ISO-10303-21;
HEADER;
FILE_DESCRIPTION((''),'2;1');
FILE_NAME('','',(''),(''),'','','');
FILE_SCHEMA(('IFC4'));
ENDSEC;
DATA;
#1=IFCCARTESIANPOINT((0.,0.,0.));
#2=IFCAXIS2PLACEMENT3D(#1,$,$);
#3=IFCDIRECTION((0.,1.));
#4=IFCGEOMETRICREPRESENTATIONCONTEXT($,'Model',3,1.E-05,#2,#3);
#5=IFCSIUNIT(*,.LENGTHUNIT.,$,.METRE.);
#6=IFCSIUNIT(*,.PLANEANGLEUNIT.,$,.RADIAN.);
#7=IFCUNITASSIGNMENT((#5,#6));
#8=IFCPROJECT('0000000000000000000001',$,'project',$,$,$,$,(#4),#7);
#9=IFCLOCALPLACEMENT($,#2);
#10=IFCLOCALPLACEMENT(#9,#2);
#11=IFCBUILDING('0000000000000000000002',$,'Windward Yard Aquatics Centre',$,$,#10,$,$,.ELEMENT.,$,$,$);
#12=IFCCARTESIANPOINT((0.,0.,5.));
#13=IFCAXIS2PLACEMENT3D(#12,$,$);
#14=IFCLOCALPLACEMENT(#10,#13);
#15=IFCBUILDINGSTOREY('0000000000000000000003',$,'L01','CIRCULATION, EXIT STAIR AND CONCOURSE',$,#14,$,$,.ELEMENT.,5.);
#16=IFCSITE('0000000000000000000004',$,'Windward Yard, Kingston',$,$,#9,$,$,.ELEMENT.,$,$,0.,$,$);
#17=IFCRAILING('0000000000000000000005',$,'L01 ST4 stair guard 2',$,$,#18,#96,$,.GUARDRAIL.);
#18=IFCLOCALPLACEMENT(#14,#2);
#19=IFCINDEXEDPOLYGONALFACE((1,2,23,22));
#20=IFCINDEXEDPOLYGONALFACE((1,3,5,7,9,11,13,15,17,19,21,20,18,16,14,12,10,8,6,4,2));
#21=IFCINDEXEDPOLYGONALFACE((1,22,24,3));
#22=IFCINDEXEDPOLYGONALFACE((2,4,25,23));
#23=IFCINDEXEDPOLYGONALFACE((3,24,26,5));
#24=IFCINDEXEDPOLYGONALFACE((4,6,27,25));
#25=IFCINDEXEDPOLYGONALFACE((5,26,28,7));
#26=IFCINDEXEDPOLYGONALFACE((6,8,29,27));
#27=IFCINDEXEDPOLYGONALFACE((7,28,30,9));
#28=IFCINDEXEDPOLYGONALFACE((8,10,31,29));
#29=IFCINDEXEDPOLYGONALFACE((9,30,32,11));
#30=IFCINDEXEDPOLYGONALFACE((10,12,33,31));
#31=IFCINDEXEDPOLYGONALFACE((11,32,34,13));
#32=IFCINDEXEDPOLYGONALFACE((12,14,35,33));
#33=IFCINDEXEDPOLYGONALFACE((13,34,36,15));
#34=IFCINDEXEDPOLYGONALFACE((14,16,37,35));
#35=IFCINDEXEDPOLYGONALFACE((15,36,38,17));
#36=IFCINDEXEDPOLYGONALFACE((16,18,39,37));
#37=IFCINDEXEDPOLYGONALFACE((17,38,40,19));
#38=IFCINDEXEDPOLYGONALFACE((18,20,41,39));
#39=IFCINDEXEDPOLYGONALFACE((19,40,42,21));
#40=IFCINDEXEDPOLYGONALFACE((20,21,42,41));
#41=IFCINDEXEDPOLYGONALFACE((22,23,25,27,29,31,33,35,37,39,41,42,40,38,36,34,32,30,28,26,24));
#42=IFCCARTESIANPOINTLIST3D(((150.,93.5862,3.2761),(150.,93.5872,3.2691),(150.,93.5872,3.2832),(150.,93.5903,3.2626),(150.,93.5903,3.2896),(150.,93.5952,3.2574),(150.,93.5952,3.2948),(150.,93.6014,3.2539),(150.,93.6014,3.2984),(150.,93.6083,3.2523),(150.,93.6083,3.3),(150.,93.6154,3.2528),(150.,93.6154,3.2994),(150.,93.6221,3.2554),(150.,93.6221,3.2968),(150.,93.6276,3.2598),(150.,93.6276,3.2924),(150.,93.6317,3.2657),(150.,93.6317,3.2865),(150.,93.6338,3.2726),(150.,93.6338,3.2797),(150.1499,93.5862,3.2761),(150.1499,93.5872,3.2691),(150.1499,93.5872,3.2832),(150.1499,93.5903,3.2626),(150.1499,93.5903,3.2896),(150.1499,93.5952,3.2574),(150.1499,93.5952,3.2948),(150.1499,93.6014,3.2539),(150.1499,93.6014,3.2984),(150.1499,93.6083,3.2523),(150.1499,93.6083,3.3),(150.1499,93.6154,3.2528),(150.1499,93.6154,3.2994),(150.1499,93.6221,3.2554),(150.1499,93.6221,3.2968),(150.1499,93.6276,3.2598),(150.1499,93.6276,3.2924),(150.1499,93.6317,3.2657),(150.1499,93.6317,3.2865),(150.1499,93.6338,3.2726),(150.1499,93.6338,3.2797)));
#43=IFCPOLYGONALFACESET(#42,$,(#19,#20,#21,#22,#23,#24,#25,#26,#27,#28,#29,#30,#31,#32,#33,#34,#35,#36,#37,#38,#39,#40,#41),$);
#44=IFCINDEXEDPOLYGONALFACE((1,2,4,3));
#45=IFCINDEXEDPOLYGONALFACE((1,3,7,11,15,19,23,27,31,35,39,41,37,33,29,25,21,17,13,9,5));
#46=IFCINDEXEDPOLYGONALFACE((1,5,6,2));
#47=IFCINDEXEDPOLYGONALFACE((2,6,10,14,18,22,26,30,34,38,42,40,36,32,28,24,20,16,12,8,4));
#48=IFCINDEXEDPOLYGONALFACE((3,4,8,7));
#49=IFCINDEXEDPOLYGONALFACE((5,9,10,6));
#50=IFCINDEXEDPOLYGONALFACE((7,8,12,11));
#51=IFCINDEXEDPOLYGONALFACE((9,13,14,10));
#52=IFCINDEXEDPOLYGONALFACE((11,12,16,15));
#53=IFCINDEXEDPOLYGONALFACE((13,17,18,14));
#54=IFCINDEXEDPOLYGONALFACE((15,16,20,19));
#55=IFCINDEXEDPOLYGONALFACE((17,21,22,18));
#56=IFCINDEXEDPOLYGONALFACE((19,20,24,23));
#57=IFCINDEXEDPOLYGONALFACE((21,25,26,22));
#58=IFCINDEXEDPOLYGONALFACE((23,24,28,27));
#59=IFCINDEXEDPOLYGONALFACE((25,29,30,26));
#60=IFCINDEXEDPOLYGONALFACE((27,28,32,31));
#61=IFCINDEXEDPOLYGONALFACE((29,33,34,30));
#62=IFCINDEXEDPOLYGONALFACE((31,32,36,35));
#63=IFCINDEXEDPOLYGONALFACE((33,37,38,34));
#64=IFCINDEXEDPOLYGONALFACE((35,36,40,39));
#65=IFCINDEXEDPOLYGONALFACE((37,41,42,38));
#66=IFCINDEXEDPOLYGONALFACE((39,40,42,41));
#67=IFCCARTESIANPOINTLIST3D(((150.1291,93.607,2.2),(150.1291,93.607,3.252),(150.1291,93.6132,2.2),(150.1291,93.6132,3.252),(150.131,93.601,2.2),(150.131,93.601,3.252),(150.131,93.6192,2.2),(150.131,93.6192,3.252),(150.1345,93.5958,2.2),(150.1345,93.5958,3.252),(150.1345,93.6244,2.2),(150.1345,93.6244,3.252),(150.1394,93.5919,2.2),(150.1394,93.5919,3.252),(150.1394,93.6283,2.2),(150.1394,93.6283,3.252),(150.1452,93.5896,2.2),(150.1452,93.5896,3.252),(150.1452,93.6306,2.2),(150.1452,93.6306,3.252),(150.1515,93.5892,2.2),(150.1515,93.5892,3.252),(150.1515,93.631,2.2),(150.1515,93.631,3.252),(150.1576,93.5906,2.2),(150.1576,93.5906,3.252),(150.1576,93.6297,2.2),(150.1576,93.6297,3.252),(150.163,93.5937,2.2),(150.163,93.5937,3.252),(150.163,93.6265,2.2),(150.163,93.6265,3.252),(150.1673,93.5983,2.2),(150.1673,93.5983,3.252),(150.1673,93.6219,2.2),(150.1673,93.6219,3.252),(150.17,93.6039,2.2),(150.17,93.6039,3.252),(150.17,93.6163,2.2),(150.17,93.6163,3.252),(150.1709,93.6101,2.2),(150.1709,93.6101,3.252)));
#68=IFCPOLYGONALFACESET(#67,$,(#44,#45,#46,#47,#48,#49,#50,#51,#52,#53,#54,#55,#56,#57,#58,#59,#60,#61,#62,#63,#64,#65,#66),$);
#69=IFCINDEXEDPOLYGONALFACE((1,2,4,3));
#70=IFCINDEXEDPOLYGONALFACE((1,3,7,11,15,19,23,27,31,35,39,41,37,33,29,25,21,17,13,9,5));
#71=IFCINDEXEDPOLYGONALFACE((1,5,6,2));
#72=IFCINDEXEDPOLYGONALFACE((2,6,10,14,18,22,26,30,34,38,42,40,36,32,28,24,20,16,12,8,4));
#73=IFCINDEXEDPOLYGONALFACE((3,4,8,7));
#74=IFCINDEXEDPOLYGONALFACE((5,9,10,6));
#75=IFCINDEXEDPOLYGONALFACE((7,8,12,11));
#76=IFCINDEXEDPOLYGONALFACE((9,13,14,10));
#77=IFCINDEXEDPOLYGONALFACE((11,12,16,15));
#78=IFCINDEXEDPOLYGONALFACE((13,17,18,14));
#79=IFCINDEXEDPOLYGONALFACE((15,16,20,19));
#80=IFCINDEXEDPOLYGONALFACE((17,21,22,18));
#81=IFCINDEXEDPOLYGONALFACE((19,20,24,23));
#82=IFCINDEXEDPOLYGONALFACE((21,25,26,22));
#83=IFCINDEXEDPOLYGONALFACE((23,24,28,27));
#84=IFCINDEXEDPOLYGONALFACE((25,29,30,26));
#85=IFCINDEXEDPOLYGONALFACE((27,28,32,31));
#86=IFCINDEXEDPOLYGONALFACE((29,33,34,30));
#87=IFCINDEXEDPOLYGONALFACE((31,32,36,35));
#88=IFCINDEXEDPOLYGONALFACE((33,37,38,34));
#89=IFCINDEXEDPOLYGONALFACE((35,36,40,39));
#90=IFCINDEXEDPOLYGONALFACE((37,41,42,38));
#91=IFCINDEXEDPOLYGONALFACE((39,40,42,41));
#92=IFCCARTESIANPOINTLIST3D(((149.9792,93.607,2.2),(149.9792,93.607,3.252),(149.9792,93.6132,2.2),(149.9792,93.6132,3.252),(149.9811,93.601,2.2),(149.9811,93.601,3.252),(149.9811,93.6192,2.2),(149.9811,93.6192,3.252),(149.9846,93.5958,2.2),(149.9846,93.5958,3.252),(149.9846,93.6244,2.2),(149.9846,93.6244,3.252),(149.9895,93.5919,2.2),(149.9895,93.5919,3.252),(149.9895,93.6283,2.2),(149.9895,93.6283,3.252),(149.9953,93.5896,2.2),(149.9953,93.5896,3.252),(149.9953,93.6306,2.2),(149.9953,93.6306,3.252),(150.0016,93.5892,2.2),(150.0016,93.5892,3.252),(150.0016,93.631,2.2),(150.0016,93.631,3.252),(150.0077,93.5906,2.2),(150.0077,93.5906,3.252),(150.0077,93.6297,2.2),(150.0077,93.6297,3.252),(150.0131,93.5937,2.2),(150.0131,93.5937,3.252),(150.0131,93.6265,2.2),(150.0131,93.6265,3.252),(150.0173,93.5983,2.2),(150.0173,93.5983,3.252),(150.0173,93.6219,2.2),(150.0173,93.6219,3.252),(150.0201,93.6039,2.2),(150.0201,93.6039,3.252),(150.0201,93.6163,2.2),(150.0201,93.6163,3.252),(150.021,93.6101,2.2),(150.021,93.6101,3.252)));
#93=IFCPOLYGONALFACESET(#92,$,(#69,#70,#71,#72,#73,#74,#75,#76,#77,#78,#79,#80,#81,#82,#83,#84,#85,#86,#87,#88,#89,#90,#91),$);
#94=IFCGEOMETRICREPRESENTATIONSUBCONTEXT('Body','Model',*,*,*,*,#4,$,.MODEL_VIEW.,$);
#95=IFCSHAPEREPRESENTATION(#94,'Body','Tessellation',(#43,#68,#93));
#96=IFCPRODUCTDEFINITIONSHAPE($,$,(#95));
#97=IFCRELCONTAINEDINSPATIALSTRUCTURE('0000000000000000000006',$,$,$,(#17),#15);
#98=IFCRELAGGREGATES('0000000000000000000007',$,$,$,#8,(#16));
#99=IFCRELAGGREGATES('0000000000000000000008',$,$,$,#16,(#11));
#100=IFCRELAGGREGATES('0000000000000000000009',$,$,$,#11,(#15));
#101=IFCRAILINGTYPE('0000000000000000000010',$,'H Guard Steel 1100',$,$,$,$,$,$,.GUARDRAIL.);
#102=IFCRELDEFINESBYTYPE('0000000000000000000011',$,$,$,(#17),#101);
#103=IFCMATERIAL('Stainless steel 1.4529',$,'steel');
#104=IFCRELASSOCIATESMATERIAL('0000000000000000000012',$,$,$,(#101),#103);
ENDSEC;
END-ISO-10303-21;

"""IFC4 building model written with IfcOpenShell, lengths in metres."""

from ifc_helpers import new_model, si_unit, direction, frame, origin, origin_2d, place, context, subcontext, project, spatial, circle, extrude, material, type_object, element, save


model = new_model("IFC4")

# Units and contexts
model_context = context("Model", 3, precision=1e-05, world=origin(), true_north=direction((0.0, 1.0)))
body_context = subcontext(model_context, "Body", "Model", "MODEL_VIEW")
ifc_project = project(units=[si_unit("LENGTHUNIT", "METRE"), si_unit("PLANEANGLEUNIT", "RADIAN")], contexts=[model_context])

# Site, building, storey
site_placement = place(None, origin())
site = spatial("IfcSite", under=ifc_project, at=site_placement, Name="Windward Yard, Kingston", CompositionType="ELEMENT", RefElevation=0.0)
building_placement = place(site_placement, origin())
building = spatial("IfcBuilding", under=site, at=building_placement, Name="Windward Yard Aquatics Centre", CompositionType="ELEMENT")
storey_placement = place(building_placement, frame((0.0, 0.0, 5.0)))
storey = spatial("IfcBuildingStorey", under=building, at=storey_placement, Name="L01", Description="CIRCULATION, EXIT STAIR AND CONCOURSE", CompositionType="ELEMENT", Elevation=5.0)

# Railing
ifc_material_1 = material(Name="Stainless steel 1.4529", Category="steel")
railing_type_1 = type_object("IfcRailingType", Name="H Guard Steel 1100", PredefinedType="GUARDRAIL", material=ifc_material_1)
railing_1_placement = place(storey_placement, frame((150.1499, 93.6101, 2.2)))
element("IfcRailing", 1, at=railing_1_placement, inside=storey, type_object=railing_type_1, Name="L01 ST4 stair guard 2", PredefinedType="GUARDRAIL", context=body_context, shape_type="SweptSolid", body=[
    extrude(circle(Radius=0.0239, at=origin_2d()), frame((0.0, 0.0, 1.0762), z_axis=(-1.0, 0.0, 0.0), x_axis=(0.0, -1.0, 0.0)), (0.0, 0.0, 1.0), 0.1499),
    extrude(circle(Radius=0.021, at=origin_2d()), origin(), (0.0, 0.0, 1.0), 1.052),
    extrude(circle(Radius=0.021, at=origin_2d()), frame((-0.1499, 0.0, 0.0)), (0.0, 0.0, 1.0), 1.052),
])

save(model, "model.ifc")
